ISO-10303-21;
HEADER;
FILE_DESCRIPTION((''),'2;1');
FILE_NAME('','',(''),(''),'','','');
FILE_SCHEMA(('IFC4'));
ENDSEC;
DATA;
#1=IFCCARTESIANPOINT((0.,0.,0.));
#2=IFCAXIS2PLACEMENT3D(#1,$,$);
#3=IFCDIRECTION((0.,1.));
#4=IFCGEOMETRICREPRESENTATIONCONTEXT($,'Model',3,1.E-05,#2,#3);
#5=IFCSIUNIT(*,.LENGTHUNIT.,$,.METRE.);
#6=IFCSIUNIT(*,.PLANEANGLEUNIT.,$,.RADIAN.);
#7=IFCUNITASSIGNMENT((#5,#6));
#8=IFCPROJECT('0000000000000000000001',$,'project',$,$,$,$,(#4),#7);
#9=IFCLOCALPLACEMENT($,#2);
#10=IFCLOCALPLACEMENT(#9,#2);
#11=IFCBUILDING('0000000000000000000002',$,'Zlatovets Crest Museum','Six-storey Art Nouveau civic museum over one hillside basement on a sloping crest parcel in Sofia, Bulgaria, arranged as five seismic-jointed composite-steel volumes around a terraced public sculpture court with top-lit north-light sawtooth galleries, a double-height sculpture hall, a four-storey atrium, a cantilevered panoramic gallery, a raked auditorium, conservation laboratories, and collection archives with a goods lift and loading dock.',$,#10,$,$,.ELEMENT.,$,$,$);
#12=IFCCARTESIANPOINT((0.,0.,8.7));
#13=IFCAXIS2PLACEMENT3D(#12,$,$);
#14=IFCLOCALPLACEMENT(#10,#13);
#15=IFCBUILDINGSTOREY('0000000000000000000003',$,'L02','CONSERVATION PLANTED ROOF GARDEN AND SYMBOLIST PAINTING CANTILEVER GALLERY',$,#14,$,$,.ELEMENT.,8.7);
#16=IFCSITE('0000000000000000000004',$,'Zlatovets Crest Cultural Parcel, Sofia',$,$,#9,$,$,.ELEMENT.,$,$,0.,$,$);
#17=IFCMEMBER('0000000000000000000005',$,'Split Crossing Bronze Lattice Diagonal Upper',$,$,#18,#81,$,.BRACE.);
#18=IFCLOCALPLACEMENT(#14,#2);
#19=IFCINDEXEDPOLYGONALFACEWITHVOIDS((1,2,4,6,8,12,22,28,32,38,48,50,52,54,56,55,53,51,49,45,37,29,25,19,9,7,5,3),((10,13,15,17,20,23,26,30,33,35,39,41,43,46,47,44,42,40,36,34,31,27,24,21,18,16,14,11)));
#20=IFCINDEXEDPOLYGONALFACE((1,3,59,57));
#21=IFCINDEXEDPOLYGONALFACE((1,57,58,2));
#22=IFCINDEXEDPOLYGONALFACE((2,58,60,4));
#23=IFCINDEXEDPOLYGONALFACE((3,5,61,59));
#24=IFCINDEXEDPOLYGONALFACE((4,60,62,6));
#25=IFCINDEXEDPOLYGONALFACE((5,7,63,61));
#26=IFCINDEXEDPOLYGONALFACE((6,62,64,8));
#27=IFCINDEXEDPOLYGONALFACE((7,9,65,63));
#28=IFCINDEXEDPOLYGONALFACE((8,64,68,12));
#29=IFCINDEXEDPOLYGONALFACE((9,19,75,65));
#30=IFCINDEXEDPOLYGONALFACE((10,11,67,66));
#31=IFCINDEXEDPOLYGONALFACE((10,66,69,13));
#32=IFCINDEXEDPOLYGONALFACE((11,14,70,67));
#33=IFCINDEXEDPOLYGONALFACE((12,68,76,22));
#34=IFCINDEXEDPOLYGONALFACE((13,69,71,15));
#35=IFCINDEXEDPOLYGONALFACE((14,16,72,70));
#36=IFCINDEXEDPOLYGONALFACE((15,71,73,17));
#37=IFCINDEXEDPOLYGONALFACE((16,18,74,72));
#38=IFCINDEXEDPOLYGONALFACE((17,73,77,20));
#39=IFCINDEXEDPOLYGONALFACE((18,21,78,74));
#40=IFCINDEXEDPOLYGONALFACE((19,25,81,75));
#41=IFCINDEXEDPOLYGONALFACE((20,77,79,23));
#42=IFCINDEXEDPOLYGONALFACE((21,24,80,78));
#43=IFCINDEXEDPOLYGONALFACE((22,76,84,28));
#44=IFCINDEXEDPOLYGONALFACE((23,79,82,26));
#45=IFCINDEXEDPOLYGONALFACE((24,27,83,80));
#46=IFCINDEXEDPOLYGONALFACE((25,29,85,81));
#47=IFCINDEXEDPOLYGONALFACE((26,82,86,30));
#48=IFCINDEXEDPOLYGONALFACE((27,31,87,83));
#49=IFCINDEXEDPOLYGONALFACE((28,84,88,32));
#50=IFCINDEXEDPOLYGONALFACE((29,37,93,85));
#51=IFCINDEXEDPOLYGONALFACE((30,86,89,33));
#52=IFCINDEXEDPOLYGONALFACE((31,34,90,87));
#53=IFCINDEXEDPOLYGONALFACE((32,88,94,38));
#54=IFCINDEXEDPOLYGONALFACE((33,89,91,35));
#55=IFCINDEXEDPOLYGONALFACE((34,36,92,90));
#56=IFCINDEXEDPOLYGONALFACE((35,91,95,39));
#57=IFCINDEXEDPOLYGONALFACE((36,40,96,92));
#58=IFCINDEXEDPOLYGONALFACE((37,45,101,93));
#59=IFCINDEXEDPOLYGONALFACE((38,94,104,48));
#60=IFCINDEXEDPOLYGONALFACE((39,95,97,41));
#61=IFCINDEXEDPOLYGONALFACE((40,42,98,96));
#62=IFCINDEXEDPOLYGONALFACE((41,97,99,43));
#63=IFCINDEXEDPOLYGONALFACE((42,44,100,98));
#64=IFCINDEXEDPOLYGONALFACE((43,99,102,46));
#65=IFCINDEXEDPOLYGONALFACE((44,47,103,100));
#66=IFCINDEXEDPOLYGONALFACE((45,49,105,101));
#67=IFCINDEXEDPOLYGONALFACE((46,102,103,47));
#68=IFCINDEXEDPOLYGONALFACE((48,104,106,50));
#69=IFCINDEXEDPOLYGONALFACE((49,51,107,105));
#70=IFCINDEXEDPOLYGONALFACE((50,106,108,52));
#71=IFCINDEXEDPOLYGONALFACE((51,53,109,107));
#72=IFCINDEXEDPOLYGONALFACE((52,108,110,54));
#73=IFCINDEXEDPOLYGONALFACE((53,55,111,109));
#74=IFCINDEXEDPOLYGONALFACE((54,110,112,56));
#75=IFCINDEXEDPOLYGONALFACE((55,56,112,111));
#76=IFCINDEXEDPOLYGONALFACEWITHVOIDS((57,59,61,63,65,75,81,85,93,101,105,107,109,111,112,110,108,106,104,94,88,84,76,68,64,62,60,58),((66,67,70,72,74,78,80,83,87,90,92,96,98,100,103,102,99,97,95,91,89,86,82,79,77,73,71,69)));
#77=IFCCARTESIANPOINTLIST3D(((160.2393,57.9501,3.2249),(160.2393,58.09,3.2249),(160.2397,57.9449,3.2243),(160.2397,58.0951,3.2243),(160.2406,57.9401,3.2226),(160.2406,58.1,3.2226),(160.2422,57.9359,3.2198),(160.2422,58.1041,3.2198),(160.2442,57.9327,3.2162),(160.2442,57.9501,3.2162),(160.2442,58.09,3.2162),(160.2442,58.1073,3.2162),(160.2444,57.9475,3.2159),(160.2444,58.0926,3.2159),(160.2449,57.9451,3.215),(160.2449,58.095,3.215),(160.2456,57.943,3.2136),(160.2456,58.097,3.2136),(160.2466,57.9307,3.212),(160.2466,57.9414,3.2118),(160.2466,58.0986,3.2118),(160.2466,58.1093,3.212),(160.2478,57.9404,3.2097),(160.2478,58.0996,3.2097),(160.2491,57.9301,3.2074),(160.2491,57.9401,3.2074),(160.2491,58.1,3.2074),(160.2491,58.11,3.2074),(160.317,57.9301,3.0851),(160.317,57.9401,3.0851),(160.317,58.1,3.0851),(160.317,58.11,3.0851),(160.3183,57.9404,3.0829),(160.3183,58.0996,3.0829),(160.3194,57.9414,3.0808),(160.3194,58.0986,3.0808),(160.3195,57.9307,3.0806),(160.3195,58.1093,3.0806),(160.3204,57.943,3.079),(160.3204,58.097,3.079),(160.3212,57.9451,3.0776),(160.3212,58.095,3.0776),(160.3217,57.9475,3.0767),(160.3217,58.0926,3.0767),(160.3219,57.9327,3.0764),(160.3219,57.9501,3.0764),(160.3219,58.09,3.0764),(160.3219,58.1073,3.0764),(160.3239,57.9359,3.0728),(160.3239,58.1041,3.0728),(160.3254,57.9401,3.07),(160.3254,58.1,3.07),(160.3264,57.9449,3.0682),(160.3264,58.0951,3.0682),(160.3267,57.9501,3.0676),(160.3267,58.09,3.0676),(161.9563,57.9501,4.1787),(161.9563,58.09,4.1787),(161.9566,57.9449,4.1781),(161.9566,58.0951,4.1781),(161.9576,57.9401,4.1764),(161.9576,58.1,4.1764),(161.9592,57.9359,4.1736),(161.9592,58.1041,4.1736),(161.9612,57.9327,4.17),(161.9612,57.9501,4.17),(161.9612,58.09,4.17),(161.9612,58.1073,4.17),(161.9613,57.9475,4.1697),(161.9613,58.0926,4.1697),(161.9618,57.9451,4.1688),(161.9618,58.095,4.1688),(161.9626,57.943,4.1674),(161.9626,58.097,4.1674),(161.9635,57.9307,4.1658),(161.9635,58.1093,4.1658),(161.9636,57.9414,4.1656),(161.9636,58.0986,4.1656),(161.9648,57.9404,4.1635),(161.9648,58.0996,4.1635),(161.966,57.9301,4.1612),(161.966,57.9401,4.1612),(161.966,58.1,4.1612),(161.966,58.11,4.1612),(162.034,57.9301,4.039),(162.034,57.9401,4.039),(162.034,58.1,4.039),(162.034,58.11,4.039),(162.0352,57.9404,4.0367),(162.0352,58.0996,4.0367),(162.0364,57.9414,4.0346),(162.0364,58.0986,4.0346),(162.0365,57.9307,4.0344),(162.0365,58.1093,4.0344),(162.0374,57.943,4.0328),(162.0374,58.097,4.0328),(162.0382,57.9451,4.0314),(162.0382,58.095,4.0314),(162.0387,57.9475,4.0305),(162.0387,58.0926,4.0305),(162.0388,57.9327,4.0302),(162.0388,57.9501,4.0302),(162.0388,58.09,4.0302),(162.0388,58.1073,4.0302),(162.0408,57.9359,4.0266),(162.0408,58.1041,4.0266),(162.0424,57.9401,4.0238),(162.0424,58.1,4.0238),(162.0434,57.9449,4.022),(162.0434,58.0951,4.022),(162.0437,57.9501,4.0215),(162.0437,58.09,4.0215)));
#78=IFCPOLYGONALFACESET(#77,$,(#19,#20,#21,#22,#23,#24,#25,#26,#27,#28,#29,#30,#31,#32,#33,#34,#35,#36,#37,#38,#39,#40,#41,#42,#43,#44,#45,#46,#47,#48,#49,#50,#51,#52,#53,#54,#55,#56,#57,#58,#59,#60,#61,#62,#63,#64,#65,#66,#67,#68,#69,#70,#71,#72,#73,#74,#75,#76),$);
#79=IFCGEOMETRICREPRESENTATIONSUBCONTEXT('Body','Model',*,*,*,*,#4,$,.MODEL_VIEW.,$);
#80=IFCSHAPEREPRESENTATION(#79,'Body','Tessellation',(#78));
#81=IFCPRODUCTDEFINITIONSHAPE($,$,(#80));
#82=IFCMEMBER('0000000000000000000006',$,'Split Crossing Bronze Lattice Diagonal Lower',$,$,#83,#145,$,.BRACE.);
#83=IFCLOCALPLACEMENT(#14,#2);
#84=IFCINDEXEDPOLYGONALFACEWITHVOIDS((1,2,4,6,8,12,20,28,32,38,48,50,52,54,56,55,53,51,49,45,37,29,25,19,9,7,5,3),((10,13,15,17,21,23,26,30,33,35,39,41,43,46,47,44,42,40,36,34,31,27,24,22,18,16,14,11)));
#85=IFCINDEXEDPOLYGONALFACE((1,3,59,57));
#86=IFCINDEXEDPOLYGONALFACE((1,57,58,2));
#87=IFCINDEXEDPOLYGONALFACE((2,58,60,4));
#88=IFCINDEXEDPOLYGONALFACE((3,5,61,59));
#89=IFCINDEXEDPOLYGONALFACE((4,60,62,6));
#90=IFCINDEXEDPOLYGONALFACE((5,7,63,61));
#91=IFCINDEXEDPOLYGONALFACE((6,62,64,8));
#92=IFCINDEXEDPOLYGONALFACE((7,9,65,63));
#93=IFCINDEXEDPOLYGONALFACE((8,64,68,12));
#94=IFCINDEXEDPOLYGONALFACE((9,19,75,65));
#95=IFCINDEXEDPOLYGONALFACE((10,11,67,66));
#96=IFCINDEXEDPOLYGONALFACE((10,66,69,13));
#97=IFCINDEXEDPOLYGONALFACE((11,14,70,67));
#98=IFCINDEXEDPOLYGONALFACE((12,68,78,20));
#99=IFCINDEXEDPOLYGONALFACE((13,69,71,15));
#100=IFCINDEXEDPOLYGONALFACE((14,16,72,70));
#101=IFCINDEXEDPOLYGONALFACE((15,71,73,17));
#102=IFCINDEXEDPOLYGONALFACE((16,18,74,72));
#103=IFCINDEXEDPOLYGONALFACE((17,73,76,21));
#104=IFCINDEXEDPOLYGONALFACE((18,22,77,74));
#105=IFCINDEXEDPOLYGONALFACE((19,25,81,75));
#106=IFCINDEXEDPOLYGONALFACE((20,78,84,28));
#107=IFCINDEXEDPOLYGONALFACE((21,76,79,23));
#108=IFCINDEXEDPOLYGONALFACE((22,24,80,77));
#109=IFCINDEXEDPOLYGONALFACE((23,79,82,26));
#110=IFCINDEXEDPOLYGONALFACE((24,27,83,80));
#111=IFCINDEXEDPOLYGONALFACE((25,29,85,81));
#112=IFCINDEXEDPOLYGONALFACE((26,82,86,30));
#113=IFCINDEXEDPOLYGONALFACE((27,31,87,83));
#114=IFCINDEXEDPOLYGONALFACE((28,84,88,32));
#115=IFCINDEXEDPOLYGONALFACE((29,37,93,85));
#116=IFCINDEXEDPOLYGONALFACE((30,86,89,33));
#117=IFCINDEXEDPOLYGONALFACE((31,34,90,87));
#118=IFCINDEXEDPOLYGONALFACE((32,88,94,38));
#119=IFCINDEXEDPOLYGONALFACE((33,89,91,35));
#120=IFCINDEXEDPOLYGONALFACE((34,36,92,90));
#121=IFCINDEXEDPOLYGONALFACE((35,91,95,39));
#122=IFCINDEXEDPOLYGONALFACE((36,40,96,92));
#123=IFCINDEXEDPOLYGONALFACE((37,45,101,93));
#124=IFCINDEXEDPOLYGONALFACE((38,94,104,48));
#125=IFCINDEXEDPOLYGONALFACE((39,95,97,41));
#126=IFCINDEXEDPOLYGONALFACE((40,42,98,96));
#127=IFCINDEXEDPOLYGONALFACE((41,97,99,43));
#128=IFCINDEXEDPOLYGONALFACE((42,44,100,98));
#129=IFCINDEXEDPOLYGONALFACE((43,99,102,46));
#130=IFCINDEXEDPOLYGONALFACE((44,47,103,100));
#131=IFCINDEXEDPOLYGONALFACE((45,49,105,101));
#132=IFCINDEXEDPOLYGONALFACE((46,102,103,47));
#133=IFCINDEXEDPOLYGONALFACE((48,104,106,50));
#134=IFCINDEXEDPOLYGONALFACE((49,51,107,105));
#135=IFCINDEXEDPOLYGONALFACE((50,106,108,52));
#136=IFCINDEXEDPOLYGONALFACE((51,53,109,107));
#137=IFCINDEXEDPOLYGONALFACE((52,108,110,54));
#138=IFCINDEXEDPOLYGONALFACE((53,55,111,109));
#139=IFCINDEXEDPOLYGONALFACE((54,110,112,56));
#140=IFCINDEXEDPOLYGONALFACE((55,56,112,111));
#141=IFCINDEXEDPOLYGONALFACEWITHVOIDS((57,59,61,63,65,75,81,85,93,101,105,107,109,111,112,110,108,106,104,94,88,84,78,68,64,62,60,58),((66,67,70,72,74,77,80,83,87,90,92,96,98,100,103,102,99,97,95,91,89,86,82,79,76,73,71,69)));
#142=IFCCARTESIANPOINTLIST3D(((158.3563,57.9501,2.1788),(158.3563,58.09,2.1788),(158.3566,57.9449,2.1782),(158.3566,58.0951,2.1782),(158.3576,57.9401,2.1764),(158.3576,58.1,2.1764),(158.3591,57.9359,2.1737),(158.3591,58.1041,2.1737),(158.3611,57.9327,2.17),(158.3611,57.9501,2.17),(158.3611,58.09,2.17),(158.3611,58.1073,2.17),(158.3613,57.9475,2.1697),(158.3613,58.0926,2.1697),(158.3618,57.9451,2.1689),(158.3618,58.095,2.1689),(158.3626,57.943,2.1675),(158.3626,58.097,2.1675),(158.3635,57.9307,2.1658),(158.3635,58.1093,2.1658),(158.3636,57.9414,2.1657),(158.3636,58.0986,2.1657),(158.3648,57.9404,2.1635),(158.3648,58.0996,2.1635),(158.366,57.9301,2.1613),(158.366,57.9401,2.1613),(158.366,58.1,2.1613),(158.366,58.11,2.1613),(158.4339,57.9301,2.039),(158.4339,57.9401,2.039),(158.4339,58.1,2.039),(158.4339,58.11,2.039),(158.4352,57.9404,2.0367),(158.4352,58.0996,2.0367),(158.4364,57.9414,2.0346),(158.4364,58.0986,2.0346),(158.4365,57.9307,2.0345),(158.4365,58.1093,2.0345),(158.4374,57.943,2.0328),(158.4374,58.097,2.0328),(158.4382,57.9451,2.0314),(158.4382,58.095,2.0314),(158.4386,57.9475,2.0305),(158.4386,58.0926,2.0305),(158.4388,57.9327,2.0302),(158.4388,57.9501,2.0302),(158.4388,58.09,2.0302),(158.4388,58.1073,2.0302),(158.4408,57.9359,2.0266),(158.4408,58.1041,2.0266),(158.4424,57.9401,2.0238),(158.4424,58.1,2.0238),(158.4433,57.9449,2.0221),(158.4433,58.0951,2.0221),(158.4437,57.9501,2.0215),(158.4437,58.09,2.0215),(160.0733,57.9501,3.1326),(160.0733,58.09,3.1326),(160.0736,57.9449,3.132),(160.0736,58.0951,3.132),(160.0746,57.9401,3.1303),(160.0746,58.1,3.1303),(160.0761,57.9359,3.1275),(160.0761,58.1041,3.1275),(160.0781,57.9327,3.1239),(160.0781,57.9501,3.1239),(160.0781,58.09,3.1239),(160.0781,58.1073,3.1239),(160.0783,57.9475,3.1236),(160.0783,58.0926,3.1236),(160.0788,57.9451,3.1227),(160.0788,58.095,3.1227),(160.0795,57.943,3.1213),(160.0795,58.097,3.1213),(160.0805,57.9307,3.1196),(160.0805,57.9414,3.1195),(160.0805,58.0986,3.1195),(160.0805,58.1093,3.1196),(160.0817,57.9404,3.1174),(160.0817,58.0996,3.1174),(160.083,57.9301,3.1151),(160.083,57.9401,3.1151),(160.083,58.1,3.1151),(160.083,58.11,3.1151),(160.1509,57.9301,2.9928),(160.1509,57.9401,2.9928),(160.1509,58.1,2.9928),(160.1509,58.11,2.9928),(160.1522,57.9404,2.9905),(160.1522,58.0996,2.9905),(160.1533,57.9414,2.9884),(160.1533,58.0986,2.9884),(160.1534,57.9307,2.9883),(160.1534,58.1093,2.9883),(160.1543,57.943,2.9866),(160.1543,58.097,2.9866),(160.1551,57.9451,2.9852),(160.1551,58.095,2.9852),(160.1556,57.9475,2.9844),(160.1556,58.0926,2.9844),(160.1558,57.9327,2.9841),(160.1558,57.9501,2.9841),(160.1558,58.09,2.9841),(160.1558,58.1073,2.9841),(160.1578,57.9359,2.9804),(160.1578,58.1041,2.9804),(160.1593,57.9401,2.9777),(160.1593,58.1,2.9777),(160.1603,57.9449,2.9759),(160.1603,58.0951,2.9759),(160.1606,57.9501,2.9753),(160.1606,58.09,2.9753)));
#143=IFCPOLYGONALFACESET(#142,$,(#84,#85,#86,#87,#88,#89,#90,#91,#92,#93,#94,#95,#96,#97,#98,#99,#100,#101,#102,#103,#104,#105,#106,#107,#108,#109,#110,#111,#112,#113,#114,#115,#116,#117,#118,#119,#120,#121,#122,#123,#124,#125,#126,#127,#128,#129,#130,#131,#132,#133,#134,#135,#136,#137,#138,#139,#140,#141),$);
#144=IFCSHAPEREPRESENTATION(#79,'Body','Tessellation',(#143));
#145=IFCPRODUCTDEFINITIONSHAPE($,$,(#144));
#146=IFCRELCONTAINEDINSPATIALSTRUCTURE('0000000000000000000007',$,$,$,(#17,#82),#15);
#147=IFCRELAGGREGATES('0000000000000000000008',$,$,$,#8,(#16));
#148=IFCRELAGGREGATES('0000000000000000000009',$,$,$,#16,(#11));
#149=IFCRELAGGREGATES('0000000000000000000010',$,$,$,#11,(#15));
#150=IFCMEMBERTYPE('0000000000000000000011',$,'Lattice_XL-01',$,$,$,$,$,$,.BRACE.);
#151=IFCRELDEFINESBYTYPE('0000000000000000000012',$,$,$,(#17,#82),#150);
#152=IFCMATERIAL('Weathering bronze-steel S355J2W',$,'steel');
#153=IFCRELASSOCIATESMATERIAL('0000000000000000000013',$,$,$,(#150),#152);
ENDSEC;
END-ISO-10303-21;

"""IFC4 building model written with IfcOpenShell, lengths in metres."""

from ifc_helpers import new_model, si_unit, direction, frame, origin, origin_2d, place, context, subcontext, project, spatial, hollow_rectangle, extrude, material, material_profile, profile_set, type_object, element, save


model = new_model("IFC4")

# Units and contexts
model_context = context("Model", 3, precision=1e-05, world=origin(), true_north=direction((0.0, 1.0)))
body_context = subcontext(model_context, "Body", "Model", "MODEL_VIEW")
ifc_project = project(units=[si_unit("LENGTHUNIT", "METRE"), si_unit("PLANEANGLEUNIT", "RADIAN")], contexts=[model_context])

# Site, building, storey
site_placement = place(None, origin())
site = spatial("IfcSite", under=ifc_project, at=site_placement, Name="Zlatovets Crest Cultural Parcel, Sofia", CompositionType="ELEMENT", RefElevation=0.0)
building_placement = place(site_placement, origin())
building = spatial("IfcBuilding", under=site, at=building_placement, Name="Zlatovets Crest Museum", Description="Six-storey Art Nouveau civic museum over one hillside basement on a sloping crest parcel in Sofia, Bulgaria, arranged as five seismic-jointed composite-steel volumes around a terraced public sculpture court with top-lit north-light sawtooth galleries, a double-height sculpture hall, a four-storey atrium, a cantilevered panoramic gallery, a raked auditorium, conservation laboratories, and collection archives with a goods lift and loading dock.", CompositionType="ELEMENT")
storey_placement = place(building_placement, frame((0.0, 0.0, 8.7)))
storey = spatial("IfcBuildingStorey", under=building, at=storey_placement, Name="L02", Description="CONSERVATION PLANTED ROOF GARDEN AND SYMBOLIST PAINTING CANTILEVER GALLERY", CompositionType="ELEMENT", Elevation=8.7)

# Members
ifc_material_1 = material(Name="Weathering bronze-steel S355J2W", Category="steel")
ifc_material_profile_1 = material_profile(ifc_material_1, hollow_rectangle(XDim=0.1799, YDim=0.1799, WallThickness=0.01, InnerFilletRadius=0.01, OuterFilletRadius=0.02, at=origin_2d()), Name="SHS 180x180x10.0")
ifc_profile_set_1 = profile_set([ifc_material_profile_1], Name="Weathering bronze-steel S355J2W")
member_type_1 = type_object("IfcMemberType", Name="Lattice_XL-01", PredefinedType="BRACE", material=ifc_profile_set_1)
for number, where, z_axis, x_axis, name in (
    (1, (162.0, 58.02, 4.1001), (-0.874169, 0.0, -0.485622), (0.0, -1.0, 0.0), "Split Crossing Bronze Lattice Diagonal Upper"),
    (2, (160.1169, 58.02, 3.054), (-0.874169, 0.0, -0.485622), (0.0, -1.0, 0.0), "Split Crossing Bronze Lattice Diagonal Lower"),
):
    element("IfcMember", number, at=place(storey_placement, frame(where, z_axis=z_axis, x_axis=x_axis)), inside=storey, type_object=member_type_1, Name=name, PredefinedType="BRACE", context=body_context, shape_type="SweptSolid", body=[
        extrude(hollow_rectangle(XDim=0.1799, YDim=0.1799, WallThickness=0.01, InnerFilletRadius=0.01, OuterFilletRadius=0.02, at=origin_2d()), origin(), (0.0, 0.0, 1.0), 1.9641),
    ])

save(model, "model.ifc")
